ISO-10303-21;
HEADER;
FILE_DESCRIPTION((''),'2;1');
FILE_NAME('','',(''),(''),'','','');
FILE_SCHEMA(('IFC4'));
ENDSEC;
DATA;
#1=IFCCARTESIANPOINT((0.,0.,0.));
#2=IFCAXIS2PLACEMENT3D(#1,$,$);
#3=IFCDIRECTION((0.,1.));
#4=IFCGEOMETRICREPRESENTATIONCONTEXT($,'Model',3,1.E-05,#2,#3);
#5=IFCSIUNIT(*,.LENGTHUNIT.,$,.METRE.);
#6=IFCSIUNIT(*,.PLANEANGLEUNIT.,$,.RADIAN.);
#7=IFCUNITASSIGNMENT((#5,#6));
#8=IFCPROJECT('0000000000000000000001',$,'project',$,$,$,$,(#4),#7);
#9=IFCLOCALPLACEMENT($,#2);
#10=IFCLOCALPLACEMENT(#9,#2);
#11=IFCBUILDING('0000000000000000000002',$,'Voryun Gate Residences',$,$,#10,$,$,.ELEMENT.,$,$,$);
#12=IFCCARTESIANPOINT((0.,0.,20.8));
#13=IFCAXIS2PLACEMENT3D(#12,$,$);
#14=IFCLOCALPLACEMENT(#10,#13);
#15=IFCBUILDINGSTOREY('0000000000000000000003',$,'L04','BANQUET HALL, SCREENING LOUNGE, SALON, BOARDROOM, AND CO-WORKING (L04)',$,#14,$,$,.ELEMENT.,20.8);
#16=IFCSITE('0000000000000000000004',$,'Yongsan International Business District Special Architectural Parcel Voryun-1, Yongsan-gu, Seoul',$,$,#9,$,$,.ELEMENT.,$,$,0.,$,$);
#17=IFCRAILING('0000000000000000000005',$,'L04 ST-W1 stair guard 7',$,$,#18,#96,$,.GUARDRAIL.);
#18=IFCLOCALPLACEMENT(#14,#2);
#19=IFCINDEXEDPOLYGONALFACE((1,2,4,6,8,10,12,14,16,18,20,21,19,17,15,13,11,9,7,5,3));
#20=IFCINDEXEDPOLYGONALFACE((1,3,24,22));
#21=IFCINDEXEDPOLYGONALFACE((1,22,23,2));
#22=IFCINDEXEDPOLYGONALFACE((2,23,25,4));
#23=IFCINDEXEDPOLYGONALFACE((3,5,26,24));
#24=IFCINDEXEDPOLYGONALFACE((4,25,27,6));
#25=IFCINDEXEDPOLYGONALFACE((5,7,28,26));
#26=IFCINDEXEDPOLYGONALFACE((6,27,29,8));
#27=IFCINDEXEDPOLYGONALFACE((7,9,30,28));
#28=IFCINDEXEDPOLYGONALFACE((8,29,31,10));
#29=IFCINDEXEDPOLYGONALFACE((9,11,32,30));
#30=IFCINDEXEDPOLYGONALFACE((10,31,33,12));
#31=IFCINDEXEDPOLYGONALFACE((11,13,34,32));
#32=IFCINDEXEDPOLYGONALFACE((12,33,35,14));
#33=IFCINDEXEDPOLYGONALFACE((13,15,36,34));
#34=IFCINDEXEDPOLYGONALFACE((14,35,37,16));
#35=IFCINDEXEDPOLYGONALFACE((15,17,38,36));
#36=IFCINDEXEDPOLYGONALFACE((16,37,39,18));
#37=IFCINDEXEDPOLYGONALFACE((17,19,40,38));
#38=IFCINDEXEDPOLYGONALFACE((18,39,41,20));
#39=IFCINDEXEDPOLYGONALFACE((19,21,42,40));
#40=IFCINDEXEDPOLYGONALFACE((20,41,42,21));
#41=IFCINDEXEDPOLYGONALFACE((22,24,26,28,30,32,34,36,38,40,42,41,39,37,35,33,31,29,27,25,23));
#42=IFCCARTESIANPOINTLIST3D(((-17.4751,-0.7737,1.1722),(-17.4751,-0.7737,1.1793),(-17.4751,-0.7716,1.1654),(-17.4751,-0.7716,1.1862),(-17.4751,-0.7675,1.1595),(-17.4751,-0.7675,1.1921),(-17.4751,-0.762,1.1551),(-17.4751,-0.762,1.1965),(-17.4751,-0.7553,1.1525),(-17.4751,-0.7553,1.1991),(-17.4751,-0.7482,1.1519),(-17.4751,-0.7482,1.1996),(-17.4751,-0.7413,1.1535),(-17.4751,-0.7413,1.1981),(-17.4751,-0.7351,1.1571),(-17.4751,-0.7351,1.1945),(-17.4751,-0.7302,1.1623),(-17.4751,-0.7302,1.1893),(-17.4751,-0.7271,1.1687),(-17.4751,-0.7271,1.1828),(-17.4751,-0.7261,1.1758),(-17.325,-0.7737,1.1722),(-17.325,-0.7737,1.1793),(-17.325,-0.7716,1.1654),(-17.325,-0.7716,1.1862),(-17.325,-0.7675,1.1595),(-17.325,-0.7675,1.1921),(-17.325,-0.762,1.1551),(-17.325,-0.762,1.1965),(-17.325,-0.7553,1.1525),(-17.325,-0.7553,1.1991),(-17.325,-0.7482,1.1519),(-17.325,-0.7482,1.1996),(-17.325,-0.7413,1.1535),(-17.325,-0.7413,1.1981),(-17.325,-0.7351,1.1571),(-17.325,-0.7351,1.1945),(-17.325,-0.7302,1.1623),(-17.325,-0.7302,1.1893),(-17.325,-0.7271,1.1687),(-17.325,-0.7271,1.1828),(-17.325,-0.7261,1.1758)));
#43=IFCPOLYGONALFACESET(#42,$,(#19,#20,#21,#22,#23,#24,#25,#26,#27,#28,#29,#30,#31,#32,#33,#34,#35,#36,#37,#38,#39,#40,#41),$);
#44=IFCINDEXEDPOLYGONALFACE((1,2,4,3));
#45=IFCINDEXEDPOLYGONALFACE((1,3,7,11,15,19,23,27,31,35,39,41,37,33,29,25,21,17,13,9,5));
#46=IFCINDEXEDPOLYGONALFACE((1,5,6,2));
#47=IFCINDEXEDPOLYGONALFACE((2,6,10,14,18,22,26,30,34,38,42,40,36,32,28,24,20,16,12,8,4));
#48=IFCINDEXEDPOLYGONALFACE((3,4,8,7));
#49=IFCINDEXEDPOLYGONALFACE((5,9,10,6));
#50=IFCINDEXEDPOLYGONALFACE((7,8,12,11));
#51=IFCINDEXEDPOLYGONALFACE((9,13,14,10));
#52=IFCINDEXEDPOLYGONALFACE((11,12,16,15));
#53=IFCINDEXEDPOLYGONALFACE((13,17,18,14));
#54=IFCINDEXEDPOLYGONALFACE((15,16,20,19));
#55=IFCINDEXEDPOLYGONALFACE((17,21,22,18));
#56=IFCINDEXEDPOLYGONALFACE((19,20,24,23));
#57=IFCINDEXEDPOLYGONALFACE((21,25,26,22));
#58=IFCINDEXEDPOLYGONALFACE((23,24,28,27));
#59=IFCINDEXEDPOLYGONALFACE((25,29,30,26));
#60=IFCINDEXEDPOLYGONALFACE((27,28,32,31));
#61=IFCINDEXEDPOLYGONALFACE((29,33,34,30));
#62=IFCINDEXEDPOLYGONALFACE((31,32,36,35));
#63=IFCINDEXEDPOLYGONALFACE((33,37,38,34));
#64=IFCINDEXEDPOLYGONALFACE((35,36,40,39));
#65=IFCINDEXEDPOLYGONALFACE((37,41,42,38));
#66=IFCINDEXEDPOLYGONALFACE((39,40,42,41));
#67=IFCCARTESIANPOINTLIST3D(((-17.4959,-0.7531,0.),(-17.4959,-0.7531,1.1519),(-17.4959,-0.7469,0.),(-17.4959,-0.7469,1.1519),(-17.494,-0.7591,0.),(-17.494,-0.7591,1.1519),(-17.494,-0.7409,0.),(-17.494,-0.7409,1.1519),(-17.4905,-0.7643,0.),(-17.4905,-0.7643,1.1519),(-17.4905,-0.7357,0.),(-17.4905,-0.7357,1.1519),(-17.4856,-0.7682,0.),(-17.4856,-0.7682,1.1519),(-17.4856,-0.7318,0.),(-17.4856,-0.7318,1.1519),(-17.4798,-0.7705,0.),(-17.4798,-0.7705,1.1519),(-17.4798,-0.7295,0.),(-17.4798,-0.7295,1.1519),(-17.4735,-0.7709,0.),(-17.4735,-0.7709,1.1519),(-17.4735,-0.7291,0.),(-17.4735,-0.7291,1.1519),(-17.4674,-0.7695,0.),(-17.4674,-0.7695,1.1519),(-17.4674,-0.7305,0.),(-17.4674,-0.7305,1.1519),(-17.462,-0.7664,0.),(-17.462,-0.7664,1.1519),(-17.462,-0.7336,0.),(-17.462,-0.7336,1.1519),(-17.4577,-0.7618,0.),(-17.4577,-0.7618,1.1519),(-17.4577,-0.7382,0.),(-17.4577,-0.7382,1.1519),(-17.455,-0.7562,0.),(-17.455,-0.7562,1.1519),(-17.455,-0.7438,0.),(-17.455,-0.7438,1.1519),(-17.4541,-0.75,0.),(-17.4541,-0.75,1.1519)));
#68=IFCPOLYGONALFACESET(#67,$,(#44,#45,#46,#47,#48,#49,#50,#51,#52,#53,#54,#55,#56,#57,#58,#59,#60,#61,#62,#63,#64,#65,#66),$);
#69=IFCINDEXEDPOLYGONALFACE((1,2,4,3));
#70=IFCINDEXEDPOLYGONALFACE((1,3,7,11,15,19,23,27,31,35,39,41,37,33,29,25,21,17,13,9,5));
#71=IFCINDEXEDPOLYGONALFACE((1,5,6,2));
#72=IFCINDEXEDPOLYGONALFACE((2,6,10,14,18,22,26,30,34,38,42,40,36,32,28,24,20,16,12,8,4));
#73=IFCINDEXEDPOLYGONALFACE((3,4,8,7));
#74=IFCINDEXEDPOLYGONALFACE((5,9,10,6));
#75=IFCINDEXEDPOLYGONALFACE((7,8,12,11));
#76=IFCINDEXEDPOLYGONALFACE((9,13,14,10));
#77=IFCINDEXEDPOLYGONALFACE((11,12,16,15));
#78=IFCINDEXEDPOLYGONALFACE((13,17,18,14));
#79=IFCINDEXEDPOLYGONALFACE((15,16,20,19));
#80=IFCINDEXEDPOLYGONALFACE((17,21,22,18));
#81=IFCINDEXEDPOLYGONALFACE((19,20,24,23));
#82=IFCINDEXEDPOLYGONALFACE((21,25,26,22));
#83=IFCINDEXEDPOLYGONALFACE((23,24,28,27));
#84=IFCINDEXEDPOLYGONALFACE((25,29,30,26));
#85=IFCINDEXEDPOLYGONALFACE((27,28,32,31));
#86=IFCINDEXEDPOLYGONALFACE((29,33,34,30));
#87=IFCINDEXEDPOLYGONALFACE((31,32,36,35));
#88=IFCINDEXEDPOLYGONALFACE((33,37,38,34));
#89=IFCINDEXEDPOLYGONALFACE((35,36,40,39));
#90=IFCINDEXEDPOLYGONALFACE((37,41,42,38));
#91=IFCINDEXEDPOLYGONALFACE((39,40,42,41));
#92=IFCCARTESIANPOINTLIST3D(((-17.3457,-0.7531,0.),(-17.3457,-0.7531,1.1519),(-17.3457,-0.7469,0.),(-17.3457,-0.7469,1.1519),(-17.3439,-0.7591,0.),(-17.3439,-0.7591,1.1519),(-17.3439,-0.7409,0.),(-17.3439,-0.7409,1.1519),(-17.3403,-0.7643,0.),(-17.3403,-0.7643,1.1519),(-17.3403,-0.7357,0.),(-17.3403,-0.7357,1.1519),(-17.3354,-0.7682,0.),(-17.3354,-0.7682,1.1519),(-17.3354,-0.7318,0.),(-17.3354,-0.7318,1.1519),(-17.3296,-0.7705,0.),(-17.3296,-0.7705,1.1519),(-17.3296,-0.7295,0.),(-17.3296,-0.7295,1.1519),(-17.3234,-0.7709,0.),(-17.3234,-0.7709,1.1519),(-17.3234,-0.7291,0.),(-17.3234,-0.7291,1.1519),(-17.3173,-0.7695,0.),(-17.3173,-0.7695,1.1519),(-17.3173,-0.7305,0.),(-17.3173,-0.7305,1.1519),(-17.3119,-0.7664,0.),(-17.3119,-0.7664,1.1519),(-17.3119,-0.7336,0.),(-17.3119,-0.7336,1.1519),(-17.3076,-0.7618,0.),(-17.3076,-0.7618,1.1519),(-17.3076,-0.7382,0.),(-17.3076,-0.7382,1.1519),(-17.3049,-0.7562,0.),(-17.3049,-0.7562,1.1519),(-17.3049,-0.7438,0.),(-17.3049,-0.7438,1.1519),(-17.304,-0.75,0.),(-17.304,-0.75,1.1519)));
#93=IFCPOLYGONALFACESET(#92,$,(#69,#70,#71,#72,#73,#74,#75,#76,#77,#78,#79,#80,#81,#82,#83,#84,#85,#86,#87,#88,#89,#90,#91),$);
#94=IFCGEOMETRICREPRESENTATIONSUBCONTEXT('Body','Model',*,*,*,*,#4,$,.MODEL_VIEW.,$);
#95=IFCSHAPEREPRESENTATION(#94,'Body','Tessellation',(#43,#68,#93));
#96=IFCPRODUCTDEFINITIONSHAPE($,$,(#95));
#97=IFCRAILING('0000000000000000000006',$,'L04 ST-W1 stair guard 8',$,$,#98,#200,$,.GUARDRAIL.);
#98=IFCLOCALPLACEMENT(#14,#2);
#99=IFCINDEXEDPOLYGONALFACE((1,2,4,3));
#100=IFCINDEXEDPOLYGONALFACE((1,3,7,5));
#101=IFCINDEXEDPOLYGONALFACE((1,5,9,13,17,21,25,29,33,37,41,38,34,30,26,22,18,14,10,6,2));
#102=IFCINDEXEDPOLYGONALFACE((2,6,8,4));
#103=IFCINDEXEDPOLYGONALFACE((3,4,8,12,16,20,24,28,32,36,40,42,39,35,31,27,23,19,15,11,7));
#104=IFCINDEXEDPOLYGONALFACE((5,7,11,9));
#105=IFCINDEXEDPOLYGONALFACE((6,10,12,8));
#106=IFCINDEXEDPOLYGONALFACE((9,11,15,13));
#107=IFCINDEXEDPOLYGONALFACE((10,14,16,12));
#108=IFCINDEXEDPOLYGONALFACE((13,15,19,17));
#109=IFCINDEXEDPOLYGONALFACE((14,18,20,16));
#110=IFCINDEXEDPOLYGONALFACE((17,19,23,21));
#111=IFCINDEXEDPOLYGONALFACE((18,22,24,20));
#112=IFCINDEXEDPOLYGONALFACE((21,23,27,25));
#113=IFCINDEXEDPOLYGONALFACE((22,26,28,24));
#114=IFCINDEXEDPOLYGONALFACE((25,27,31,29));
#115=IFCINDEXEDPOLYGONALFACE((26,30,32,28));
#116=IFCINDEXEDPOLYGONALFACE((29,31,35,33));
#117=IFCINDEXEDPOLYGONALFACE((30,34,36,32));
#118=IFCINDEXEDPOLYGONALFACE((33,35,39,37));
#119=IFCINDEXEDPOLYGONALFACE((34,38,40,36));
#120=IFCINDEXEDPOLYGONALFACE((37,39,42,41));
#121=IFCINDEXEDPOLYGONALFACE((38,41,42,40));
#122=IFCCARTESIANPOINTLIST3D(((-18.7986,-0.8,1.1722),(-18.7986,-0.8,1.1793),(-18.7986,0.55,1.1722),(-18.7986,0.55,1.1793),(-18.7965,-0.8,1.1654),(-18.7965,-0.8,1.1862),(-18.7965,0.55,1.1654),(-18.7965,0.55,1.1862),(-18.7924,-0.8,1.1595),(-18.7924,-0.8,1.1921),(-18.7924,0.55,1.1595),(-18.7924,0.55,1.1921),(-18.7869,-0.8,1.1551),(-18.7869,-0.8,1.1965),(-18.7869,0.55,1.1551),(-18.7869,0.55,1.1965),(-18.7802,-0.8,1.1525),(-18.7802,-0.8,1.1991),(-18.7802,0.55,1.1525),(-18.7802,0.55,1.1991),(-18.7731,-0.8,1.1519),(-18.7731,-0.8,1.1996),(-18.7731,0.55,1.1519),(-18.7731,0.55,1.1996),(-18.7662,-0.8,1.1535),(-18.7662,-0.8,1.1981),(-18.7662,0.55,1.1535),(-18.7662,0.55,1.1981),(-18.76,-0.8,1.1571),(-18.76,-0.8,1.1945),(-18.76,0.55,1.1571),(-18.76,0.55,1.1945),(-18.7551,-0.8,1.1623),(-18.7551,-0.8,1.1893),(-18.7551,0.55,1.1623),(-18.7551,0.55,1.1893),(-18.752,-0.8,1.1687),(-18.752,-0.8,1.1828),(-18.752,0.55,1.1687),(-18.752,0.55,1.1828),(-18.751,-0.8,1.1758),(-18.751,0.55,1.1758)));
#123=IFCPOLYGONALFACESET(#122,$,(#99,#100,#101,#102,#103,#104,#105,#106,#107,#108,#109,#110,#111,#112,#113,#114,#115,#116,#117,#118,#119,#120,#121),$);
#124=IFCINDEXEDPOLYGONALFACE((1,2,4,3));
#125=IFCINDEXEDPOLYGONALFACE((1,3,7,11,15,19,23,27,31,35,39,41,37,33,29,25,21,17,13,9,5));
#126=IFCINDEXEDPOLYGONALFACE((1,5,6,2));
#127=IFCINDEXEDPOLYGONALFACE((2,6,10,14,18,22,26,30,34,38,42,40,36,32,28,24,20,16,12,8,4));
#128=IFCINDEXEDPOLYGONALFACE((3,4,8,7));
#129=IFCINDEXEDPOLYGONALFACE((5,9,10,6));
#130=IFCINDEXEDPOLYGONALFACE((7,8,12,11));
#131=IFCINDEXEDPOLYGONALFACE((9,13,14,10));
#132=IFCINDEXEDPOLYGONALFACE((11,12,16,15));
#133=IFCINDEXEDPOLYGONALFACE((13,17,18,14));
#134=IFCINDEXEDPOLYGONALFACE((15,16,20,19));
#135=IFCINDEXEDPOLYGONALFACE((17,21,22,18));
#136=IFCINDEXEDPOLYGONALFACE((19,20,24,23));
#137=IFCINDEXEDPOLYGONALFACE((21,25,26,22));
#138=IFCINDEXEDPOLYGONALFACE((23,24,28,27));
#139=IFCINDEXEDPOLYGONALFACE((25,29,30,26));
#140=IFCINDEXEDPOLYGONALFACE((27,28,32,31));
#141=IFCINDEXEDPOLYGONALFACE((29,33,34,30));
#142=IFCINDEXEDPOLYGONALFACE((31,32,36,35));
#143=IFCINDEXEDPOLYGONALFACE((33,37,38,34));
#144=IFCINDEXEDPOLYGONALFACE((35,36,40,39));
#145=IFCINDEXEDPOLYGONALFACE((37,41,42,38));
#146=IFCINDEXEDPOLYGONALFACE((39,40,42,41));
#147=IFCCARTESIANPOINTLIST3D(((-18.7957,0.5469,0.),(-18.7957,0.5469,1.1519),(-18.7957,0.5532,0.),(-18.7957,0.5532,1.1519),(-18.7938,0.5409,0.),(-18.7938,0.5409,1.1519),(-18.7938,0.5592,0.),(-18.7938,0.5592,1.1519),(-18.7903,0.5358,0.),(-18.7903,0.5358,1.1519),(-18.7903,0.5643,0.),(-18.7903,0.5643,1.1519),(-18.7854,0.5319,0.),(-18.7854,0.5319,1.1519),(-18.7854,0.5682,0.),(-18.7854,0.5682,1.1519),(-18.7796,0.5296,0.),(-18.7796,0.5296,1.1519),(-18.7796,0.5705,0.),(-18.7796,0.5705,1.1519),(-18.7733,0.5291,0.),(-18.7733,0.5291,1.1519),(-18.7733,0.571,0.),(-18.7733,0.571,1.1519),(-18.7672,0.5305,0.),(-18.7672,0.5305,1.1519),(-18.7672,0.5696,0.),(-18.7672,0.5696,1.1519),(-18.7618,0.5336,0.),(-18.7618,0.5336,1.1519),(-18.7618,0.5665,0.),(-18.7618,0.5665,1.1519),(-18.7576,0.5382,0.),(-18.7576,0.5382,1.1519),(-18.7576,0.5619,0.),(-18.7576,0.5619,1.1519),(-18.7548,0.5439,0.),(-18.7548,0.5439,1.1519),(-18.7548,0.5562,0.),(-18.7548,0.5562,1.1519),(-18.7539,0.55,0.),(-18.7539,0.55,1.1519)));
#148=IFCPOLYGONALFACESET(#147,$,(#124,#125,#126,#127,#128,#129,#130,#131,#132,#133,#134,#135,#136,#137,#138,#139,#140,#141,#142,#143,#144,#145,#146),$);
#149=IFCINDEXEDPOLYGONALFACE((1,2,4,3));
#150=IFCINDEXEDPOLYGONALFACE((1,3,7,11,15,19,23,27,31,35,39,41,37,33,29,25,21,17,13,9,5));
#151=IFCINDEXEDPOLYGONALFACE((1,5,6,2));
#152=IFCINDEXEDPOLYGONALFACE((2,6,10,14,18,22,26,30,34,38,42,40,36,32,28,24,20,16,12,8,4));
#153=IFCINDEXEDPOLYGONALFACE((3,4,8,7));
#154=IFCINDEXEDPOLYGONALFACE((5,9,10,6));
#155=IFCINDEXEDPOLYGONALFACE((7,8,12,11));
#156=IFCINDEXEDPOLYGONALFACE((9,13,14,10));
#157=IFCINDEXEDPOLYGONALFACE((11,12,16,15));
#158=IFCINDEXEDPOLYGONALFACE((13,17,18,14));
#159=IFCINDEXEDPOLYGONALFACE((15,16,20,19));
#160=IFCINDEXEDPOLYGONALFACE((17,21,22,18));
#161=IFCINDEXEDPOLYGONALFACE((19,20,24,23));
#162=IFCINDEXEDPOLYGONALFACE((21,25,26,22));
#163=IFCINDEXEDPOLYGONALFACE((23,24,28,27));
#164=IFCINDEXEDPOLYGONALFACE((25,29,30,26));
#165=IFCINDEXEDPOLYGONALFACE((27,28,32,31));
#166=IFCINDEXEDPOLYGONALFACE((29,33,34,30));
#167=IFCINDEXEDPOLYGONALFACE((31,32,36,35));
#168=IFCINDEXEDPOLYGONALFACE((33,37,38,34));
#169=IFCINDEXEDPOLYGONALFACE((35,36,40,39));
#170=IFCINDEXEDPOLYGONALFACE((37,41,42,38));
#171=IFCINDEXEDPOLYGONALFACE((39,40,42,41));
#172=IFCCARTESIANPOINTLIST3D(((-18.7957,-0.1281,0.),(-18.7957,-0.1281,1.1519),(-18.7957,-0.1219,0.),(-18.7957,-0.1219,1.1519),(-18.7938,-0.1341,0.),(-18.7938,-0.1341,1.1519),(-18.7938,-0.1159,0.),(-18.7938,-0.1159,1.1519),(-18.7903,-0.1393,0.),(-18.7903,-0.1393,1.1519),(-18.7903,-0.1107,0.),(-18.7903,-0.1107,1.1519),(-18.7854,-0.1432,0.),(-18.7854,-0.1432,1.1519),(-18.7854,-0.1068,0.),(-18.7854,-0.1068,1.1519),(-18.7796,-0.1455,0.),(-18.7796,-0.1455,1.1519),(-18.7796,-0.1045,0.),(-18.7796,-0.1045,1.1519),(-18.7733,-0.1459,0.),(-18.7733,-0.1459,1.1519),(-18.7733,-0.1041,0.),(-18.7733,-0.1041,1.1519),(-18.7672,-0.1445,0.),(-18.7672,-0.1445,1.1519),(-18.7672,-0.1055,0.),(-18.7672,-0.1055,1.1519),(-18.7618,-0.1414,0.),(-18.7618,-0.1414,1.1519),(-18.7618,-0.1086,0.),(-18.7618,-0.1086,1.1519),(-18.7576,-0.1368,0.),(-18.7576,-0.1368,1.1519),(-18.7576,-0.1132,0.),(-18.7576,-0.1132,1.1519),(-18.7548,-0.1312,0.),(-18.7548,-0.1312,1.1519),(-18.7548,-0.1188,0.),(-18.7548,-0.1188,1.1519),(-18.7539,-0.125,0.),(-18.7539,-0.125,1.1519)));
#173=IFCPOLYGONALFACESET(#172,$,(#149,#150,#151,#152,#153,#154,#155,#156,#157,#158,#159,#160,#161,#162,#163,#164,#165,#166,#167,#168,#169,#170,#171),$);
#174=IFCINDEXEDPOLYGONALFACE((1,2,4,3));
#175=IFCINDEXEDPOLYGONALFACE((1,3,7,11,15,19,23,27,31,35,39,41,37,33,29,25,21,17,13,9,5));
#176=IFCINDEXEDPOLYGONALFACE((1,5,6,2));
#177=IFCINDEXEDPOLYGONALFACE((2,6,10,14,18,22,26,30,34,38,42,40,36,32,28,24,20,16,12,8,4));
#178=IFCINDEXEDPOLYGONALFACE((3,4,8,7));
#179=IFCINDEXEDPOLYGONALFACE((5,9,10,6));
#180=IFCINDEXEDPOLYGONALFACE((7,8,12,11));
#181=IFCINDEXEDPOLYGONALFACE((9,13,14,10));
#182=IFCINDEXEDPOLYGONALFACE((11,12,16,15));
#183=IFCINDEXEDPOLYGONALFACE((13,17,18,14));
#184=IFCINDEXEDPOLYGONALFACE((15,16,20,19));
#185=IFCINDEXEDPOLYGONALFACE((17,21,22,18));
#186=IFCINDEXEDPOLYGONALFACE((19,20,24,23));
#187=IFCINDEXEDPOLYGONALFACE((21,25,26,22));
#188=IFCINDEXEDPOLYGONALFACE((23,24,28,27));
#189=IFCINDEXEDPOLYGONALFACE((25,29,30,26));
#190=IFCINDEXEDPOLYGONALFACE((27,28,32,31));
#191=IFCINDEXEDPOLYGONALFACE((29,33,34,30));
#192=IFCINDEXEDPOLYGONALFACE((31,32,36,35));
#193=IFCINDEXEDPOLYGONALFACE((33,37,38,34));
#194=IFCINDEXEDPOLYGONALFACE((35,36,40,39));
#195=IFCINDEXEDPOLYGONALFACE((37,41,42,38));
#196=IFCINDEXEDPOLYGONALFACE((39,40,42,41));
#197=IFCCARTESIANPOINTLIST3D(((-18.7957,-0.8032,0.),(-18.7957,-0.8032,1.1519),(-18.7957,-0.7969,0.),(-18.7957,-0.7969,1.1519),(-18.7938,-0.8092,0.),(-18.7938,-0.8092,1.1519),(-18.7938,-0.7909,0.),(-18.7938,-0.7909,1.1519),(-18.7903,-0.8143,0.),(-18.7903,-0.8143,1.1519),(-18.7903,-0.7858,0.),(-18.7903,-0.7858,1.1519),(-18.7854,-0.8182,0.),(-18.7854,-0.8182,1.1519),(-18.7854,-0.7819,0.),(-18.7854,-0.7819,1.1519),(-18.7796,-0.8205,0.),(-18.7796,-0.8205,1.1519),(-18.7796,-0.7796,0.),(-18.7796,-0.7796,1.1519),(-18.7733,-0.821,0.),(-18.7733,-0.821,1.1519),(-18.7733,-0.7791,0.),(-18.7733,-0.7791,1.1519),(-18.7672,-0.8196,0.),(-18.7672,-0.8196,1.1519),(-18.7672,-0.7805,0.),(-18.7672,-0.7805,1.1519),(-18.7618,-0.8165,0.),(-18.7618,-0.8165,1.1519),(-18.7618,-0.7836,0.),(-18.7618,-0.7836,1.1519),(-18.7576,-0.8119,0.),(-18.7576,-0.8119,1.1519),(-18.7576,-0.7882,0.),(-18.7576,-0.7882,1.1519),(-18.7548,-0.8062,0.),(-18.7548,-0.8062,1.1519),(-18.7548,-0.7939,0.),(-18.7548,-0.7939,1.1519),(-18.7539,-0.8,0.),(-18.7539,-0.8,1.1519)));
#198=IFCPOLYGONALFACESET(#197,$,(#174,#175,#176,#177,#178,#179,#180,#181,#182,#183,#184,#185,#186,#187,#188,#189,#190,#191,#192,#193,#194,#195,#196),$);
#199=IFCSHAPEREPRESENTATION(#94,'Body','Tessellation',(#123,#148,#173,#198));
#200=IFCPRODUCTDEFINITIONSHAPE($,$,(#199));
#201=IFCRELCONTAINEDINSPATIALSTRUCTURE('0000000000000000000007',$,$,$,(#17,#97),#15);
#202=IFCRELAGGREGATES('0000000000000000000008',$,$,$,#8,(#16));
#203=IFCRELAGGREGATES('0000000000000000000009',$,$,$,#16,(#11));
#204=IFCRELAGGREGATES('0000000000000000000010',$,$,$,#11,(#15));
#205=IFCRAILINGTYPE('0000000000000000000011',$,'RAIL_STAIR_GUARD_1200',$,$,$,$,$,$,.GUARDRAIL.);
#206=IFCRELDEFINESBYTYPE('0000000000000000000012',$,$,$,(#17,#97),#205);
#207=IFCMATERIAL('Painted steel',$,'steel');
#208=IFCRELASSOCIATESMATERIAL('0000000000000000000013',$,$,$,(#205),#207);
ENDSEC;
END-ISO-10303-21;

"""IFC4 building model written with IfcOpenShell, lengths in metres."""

from ifc_helpers import new_model, si_unit, direction, frame, origin, origin_2d, place, context, subcontext, project, spatial, circle, extrude, material, type_object, element, save


model = new_model("IFC4")

# Units and contexts
model_context = context("Model", 3, precision=1e-05, world=origin(), true_north=direction((0.0, 1.0)))
body_context = subcontext(model_context, "Body", "Model", "MODEL_VIEW")
ifc_project = project(units=[si_unit("LENGTHUNIT", "METRE"), si_unit("PLANEANGLEUNIT", "RADIAN")], contexts=[model_context])

# Site, building, storey
site_placement = place(None, origin())
site = spatial("IfcSite", under=ifc_project, at=site_placement, Name="Yongsan International Business District Special Architectural Parcel Voryun-1, Yongsan-gu, Seoul", CompositionType="ELEMENT", RefElevation=0.0)
building_placement = place(site_placement, origin())
building = spatial("IfcBuilding", under=site, at=building_placement, Name="Voryun Gate Residences", CompositionType="ELEMENT")
storey_placement = place(building_placement, frame((0.0, 0.0, 20.8)))
storey = spatial("IfcBuildingStorey", under=building, at=storey_placement, Name="L04", Description="BANQUET HALL, SCREENING LOUNGE, SALON, BOARDROOM, AND CO-WORKING (L04)", CompositionType="ELEMENT", Elevation=20.8)

# Railings
ifc_material_1 = material(Name="Painted steel", Category="steel")
railing_type_1 = type_object("IfcRailingType", Name="RAIL_STAIR_GUARD_1200", PredefinedType="GUARDRAIL", material=ifc_material_1)
railing_1_placement = place(storey_placement, frame((-17.4751, -0.75, 0.0)))
element("IfcRailing", 1, at=railing_1_placement, inside=storey, type_object=railing_type_1, Name="L04 ST-W1 stair guard 7", PredefinedType="GUARDRAIL", context=body_context, shape_type="SweptSolid", body=[
    extrude(circle(Radius=0.0239, at=origin_2d()), frame((0.0, 0.0, 1.1758), z_axis=(1.0, 0.0, 0.0), x_axis=(0.0, 1.0, 0.0)), (0.0, 0.0, 1.0), 0.1501),
    extrude(circle(Radius=0.021, at=origin_2d()), origin(), (0.0, 0.0, 1.0), 1.1519),
    extrude(circle(Radius=0.021, at=origin_2d()), frame((0.1501, 0.0, 0.0)), (0.0, 0.0, 1.0), 1.1519),
])
for number, where, name in (
    (2, (-18.7749, 0.55, 0.0), "L04 ST-W1 stair guard 8"),
):
    element("IfcRailing", number, at=place(storey_placement, frame(where)), inside=storey, type_object=railing_type_1, Name=name, PredefinedType="GUARDRAIL", context=body_context, shape_type="SweptSolid", body=[
        extrude(circle(Radius=0.0239, at=origin_2d()), frame((0.0, 0.0, 1.1758), z_axis=(0.0, -1.0, 0.0), x_axis=(1.0, 0.0, 0.0)), (0.0, 0.0, 1.0), 1.3501),
        extrude(circle(Radius=0.021, at=origin_2d()), origin(), (0.0, 0.0, 1.0), 1.1519),
        extrude(circle(Radius=0.021, at=origin_2d()), frame((0.0, -0.675, 0.0)), (0.0, 0.0, 1.0), 1.1519),
        extrude(circle(Radius=0.021, at=origin_2d()), frame((0.0, -1.3501, 0.0)), (0.0, 0.0, 1.0), 1.1519),
    ])

save(model, "model.ifc")
